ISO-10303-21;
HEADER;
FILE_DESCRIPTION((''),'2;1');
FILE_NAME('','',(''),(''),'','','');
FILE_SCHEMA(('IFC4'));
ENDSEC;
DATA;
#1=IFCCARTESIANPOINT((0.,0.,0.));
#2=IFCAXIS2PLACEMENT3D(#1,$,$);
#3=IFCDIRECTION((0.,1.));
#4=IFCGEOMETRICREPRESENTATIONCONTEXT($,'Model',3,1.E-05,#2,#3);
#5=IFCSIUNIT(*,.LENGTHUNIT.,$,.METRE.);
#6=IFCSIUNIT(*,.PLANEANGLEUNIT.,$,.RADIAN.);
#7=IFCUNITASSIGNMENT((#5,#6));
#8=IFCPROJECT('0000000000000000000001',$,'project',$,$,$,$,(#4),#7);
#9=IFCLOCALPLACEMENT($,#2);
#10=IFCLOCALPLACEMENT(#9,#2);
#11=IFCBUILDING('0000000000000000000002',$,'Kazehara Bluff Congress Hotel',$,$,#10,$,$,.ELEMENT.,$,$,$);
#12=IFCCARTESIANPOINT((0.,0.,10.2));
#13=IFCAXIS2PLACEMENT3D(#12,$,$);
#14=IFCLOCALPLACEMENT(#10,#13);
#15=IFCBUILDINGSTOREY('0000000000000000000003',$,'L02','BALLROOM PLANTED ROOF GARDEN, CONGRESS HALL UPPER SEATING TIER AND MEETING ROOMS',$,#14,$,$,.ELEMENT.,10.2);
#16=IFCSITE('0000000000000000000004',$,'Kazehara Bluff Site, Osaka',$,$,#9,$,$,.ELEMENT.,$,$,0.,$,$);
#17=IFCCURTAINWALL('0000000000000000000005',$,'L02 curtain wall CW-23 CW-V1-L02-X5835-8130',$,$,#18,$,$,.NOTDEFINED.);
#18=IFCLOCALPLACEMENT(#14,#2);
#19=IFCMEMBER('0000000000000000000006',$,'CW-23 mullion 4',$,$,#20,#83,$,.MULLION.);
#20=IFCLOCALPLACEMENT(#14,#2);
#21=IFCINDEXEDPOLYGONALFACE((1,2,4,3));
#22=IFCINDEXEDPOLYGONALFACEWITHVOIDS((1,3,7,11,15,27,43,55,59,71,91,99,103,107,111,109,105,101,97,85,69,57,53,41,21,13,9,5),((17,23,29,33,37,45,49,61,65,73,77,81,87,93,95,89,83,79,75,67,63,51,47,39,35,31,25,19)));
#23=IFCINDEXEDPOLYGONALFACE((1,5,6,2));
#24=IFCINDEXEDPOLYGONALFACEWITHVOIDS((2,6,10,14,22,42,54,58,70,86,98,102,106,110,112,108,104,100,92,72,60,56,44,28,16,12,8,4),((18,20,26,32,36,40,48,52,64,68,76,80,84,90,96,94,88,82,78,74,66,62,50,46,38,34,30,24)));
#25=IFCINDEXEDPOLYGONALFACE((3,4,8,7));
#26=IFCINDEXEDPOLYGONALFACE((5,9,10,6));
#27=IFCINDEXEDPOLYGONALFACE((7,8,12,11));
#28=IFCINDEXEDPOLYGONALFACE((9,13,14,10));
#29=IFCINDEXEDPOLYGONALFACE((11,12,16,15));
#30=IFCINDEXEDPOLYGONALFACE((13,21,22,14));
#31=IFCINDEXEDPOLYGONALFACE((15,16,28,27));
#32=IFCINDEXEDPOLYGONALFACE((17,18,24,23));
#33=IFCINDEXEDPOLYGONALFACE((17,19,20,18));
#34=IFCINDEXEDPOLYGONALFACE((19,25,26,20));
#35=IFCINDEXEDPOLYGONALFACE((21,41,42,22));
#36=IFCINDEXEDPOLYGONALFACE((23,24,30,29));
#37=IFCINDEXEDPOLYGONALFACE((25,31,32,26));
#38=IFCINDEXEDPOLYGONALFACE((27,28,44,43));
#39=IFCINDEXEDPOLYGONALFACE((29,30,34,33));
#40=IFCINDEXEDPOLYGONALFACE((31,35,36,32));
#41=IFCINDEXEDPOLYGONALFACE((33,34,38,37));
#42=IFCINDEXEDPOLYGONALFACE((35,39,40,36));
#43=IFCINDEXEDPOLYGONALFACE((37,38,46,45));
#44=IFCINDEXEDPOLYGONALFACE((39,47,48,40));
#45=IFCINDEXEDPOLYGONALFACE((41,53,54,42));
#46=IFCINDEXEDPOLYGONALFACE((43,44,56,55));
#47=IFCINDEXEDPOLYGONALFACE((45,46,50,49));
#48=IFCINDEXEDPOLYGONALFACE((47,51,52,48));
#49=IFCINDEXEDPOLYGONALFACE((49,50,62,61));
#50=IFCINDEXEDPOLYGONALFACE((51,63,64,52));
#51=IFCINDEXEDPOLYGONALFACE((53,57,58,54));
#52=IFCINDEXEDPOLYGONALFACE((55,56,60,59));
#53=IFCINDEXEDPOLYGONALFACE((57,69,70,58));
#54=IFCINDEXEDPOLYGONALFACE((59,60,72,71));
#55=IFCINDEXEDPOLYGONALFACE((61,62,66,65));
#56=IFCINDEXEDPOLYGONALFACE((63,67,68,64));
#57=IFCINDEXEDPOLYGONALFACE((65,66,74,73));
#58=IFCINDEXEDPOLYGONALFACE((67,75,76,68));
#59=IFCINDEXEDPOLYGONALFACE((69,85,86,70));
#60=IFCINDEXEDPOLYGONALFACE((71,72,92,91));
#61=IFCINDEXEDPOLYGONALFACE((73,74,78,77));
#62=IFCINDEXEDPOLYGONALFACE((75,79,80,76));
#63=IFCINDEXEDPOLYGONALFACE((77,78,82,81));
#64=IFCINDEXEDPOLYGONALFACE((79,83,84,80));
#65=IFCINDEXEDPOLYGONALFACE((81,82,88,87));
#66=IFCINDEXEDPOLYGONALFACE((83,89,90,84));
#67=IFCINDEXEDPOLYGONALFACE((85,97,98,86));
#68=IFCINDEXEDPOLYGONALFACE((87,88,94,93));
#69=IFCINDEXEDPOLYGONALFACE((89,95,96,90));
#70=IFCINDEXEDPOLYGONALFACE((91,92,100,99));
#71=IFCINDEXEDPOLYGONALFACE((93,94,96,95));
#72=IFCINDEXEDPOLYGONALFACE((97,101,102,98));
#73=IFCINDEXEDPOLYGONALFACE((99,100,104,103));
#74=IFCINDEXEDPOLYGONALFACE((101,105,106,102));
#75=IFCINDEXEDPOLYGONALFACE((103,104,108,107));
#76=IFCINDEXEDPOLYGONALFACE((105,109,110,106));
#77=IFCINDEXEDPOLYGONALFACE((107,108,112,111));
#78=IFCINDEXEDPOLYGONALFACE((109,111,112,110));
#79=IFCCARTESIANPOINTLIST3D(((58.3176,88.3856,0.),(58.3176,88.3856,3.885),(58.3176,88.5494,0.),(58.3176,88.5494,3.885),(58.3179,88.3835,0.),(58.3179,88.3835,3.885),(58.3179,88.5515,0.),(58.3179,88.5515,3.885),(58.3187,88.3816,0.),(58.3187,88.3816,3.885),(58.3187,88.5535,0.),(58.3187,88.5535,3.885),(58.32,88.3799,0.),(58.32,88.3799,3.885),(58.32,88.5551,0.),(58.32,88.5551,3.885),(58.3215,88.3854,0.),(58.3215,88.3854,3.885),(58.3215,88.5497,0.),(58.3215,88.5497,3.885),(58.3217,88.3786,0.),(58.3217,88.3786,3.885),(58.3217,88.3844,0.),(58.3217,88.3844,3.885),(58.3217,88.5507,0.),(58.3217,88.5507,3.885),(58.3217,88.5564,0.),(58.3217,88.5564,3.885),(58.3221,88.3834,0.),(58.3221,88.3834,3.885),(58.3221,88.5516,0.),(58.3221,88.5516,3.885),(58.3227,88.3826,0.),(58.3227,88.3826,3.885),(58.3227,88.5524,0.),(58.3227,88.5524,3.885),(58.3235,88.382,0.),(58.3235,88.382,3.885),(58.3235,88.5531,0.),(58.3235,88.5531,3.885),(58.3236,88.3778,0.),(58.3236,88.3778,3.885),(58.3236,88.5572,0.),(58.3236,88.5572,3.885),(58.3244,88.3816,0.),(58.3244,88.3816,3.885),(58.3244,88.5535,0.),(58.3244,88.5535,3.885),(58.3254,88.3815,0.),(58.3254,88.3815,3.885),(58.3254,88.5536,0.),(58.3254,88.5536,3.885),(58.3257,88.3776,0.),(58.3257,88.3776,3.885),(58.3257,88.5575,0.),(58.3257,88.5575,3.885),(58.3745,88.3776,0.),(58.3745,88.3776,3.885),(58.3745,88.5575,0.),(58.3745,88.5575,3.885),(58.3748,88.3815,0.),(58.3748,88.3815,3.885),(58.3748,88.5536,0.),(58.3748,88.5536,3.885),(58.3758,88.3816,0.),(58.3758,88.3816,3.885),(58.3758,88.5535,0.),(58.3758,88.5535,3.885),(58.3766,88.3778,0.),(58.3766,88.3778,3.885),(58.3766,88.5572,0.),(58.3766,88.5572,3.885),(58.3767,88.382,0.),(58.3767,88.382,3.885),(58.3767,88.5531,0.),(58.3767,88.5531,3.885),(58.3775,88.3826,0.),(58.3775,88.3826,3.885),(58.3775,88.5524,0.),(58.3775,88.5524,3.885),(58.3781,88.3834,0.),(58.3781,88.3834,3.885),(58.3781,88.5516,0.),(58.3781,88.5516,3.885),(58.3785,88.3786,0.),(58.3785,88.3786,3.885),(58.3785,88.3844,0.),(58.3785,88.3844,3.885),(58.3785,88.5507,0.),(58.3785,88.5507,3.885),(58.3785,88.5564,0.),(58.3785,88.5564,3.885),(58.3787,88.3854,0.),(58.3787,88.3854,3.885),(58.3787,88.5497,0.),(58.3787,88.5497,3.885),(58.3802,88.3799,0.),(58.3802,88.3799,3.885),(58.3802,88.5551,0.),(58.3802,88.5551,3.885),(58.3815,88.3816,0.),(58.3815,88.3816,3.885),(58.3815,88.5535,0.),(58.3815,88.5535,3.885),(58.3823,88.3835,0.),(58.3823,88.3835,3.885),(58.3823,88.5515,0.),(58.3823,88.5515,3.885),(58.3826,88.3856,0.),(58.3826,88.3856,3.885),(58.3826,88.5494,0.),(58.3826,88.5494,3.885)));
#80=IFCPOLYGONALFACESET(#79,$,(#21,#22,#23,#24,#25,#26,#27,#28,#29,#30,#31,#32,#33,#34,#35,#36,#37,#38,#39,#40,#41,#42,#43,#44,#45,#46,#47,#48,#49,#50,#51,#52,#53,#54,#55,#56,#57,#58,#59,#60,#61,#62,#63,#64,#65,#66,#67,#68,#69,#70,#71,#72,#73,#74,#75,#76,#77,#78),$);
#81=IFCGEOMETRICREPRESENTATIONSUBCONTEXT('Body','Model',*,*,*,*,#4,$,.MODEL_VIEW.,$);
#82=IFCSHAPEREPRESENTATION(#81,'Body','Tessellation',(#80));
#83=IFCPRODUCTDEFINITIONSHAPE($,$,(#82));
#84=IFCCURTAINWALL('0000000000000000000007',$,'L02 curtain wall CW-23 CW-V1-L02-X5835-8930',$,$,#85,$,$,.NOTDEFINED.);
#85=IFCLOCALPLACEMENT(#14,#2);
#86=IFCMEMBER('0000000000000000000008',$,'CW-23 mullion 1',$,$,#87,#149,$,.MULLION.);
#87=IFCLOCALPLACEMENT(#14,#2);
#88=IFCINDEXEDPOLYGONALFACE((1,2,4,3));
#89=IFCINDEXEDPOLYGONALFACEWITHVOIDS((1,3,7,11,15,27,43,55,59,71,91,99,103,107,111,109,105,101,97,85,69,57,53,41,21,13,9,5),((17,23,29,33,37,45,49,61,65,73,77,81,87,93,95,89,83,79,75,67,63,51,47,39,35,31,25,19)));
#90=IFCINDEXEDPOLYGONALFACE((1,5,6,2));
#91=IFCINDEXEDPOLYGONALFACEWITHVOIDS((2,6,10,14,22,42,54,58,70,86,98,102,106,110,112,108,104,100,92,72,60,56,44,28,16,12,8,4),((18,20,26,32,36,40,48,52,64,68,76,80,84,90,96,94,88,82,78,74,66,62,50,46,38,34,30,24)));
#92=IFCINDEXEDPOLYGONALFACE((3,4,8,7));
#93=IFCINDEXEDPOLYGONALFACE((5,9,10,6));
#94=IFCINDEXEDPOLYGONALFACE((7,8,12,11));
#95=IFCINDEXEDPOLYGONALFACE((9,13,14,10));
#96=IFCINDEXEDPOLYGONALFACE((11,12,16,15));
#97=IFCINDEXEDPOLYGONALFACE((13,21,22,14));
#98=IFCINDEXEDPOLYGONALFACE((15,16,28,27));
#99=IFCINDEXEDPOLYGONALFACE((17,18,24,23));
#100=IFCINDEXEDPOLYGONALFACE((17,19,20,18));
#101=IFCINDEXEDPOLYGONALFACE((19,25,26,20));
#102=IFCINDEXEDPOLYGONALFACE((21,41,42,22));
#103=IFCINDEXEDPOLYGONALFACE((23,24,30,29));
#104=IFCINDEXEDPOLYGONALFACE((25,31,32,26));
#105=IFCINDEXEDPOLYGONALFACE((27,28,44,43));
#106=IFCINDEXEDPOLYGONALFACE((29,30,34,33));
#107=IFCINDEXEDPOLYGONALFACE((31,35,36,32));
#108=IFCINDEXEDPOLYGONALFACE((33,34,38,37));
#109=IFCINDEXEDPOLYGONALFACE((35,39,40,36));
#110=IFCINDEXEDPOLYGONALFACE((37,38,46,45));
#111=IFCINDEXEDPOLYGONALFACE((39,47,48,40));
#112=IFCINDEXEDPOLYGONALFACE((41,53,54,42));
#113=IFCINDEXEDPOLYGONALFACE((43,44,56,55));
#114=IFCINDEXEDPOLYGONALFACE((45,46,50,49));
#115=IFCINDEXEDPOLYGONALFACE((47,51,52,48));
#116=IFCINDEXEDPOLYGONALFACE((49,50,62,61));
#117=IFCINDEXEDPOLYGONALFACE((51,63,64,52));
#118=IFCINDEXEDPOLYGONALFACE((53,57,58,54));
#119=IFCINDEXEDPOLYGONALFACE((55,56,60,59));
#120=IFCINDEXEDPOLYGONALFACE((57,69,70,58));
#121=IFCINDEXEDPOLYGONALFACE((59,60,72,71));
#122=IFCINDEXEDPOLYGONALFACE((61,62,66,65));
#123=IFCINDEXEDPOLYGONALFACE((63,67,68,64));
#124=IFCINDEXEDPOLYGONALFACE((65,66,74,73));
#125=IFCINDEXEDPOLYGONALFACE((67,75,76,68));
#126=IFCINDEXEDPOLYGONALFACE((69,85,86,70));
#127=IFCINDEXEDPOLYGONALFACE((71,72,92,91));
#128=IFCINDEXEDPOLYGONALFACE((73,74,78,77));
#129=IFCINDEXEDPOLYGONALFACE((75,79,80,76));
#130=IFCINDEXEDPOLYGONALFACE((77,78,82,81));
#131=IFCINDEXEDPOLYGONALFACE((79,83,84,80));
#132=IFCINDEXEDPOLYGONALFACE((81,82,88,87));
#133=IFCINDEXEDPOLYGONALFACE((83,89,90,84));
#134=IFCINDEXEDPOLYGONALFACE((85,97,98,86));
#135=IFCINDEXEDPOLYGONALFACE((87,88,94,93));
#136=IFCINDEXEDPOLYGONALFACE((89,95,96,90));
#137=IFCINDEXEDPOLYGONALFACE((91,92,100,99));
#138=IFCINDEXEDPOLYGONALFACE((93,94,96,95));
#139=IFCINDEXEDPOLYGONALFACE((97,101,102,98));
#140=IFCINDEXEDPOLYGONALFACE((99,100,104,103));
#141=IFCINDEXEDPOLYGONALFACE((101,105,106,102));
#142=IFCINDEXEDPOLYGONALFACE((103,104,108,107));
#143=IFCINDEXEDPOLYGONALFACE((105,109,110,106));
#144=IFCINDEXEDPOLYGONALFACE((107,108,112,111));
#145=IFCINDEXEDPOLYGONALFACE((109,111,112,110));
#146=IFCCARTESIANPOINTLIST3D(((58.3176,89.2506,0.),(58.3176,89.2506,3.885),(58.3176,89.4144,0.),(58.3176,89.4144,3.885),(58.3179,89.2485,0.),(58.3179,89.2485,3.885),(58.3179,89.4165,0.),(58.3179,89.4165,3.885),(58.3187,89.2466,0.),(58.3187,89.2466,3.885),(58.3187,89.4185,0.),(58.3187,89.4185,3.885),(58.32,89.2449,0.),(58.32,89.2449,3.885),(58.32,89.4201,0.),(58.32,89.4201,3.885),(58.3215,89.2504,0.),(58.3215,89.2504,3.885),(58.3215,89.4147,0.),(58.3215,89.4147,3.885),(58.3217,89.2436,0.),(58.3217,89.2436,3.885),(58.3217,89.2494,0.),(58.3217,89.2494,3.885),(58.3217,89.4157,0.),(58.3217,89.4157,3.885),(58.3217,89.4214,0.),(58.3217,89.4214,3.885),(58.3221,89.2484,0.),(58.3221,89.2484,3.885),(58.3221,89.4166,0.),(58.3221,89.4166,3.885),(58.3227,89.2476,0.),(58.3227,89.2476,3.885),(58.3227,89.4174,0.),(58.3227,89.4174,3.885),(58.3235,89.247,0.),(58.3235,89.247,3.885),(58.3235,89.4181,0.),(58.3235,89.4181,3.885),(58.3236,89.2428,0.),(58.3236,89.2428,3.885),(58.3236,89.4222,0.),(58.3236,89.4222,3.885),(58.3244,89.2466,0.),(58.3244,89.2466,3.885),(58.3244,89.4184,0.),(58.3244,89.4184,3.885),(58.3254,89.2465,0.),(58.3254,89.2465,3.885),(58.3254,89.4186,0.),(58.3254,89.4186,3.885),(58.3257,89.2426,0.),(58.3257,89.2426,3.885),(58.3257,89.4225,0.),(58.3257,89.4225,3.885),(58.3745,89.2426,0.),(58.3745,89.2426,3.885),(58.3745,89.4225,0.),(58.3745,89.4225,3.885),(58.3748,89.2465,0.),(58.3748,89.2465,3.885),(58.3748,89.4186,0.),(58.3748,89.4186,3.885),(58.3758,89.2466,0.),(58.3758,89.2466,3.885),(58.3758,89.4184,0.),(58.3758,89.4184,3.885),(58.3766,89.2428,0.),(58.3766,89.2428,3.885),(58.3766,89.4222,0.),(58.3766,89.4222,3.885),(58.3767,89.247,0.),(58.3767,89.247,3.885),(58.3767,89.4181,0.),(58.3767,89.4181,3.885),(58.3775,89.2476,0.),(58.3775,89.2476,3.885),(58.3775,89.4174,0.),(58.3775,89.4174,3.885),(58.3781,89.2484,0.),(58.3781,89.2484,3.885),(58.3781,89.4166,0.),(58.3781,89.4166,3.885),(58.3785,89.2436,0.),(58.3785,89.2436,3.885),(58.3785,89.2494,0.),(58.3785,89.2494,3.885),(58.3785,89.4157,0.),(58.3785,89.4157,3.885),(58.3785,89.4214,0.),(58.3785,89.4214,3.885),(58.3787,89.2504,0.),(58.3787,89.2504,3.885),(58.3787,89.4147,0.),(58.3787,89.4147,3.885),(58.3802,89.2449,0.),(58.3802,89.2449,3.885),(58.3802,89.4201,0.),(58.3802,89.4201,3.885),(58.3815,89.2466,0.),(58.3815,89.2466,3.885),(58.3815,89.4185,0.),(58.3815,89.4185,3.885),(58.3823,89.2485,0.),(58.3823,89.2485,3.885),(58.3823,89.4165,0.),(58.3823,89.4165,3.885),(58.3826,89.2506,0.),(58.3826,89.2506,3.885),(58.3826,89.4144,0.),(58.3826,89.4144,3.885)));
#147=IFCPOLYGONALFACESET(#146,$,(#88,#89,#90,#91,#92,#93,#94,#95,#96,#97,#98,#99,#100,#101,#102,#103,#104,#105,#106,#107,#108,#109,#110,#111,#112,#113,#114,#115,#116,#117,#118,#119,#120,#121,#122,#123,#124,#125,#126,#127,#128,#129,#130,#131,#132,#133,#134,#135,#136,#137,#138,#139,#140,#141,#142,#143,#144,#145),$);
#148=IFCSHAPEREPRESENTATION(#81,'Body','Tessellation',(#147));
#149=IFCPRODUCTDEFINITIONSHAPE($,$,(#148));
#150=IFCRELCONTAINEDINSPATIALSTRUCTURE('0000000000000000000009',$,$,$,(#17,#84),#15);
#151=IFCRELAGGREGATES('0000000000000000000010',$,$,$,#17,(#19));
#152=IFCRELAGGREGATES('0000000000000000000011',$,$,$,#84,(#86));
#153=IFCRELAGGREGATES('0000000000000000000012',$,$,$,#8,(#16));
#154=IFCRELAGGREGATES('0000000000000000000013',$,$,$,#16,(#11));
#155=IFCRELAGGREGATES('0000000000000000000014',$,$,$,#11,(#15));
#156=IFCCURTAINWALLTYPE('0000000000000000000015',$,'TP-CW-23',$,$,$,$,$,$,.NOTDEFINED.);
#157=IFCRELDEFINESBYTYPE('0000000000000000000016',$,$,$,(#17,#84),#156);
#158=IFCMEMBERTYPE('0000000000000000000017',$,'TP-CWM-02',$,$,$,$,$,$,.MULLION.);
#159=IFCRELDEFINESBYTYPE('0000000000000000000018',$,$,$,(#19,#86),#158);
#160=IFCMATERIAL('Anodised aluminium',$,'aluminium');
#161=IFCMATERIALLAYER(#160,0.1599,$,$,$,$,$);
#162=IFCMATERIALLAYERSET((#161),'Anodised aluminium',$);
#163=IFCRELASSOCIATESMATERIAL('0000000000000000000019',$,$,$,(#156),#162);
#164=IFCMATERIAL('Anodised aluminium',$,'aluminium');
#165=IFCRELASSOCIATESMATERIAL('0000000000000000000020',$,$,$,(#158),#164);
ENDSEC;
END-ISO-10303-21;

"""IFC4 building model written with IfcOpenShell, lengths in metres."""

from ifc_helpers import new_model, si_unit, direction, frame, origin, origin_2d, place, context, subcontext, project, spatial, hollow_rectangle, extrude, material, layer, layer_set, material_profile, profile_set, type_object, element, aggregate, save


model = new_model("IFC4")

# Units and contexts
model_context = context("Model", 3, precision=1e-05, world=origin(), true_north=direction((0.0, 1.0)))
body_context = subcontext(model_context, "Body", "Model", "MODEL_VIEW")
ifc_project = project(units=[si_unit("LENGTHUNIT", "METRE"), si_unit("PLANEANGLEUNIT", "RADIAN")], contexts=[model_context])

# Site, building, storey
site_placement = place(None, origin())
site = spatial("IfcSite", under=ifc_project, at=site_placement, Name="Kazehara Bluff Site, Osaka", CompositionType="ELEMENT", RefElevation=0.0)
building_placement = place(site_placement, origin())
building = spatial("IfcBuilding", under=site, at=building_placement, Name="Kazehara Bluff Congress Hotel", CompositionType="ELEMENT")
storey_placement = place(building_placement, frame((0.0, 0.0, 10.2)))
storey = spatial("IfcBuildingStorey", under=building, at=storey_placement, Name="L02", Description="BALLROOM PLANTED ROOF GARDEN, CONGRESS HALL UPPER SEATING TIER AND MEETING ROOMS", CompositionType="ELEMENT", Elevation=10.2)

# Curtain walls, members
ifc_material_1 = material(Name="Anodised aluminium", Category="aluminium")
ifc_layer_1 = layer(ifc_material_1, 0.1599)
ifc_layer_set_1 = layer_set([ifc_layer_1], Name="Anodised aluminium")
curtain_wall_type = type_object("IfcCurtainWallType", Name="TP-CW-23", PredefinedType="NOTDEFINED", material=ifc_layer_set_1)
curtain_wall_1_placement = place(storey_placement, origin())
curtain_wall_1 = element("IfcCurtainWall", 1, at=curtain_wall_1_placement, inside=storey, type_object=curtain_wall_type, Name="L02 curtain wall CW-23 CW-V1-L02-X5835-8130", PredefinedType="NOTDEFINED")
ifc_material_2 = material(Name="Anodised aluminium", Category="aluminium")
ifc_material_profile_1 = material_profile(ifc_material_2, hollow_rectangle(XDim=0.0649, YDim=0.1799, WallThickness=0.0039, InnerFilletRadius=0.0039, OuterFilletRadius=0.0081, at=origin_2d()))
ifc_profile_set_1 = profile_set([ifc_material_profile_1], Name="Anodised aluminium")
member_type_1 = type_object("IfcMemberType", Name="TP-CWM-02", PredefinedType="MULLION", material=ifc_profile_set_1)
member_1_placement = place(storey_placement, frame((58.3501, 88.4675, 0.0), z_axis=(0.0, 0.0, 1.0), x_axis=(-1.0, 0.0, 0.0)))
member_1 = element("IfcMember", 2, at=member_1_placement, type_object=member_type_1, Name="CW-23 mullion 4", PredefinedType="MULLION", context=body_context, shape_type="SweptSolid", body=[
    extrude(hollow_rectangle(XDim=0.0649, YDim=0.1799, WallThickness=0.0039, InnerFilletRadius=0.0039, OuterFilletRadius=0.0081, at=origin_2d()), origin(), (0.0, 0.0, 1.0), 3.885),
])
curtain_wall_2_placement = place(storey_placement, origin())
curtain_wall_2 = element("IfcCurtainWall", 3, at=curtain_wall_2_placement, inside=storey, type_object=curtain_wall_type, Name="L02 curtain wall CW-23 CW-V1-L02-X5835-8930", PredefinedType="NOTDEFINED")
member_2_placement = place(storey_placement, frame((58.3501, 89.3325, 0.0), z_axis=(0.0, 0.0, 1.0), x_axis=(-1.0, 0.0, 0.0)))
member_2 = element("IfcMember", 4, at=member_2_placement, type_object=member_type_1, Name="CW-23 mullion 1", PredefinedType="MULLION", context=body_context, shape_type="SweptSolid", body=[
    extrude(hollow_rectangle(XDim=0.0649, YDim=0.1799, WallThickness=0.0039, InnerFilletRadius=0.0039, OuterFilletRadius=0.0081, at=origin_2d()), origin(), (0.0, 0.0, 1.0), 3.885),
])

aggregate(curtain_wall_1, [member_1])
aggregate(curtain_wall_2, [member_2])

save(model, "model.ifc")
